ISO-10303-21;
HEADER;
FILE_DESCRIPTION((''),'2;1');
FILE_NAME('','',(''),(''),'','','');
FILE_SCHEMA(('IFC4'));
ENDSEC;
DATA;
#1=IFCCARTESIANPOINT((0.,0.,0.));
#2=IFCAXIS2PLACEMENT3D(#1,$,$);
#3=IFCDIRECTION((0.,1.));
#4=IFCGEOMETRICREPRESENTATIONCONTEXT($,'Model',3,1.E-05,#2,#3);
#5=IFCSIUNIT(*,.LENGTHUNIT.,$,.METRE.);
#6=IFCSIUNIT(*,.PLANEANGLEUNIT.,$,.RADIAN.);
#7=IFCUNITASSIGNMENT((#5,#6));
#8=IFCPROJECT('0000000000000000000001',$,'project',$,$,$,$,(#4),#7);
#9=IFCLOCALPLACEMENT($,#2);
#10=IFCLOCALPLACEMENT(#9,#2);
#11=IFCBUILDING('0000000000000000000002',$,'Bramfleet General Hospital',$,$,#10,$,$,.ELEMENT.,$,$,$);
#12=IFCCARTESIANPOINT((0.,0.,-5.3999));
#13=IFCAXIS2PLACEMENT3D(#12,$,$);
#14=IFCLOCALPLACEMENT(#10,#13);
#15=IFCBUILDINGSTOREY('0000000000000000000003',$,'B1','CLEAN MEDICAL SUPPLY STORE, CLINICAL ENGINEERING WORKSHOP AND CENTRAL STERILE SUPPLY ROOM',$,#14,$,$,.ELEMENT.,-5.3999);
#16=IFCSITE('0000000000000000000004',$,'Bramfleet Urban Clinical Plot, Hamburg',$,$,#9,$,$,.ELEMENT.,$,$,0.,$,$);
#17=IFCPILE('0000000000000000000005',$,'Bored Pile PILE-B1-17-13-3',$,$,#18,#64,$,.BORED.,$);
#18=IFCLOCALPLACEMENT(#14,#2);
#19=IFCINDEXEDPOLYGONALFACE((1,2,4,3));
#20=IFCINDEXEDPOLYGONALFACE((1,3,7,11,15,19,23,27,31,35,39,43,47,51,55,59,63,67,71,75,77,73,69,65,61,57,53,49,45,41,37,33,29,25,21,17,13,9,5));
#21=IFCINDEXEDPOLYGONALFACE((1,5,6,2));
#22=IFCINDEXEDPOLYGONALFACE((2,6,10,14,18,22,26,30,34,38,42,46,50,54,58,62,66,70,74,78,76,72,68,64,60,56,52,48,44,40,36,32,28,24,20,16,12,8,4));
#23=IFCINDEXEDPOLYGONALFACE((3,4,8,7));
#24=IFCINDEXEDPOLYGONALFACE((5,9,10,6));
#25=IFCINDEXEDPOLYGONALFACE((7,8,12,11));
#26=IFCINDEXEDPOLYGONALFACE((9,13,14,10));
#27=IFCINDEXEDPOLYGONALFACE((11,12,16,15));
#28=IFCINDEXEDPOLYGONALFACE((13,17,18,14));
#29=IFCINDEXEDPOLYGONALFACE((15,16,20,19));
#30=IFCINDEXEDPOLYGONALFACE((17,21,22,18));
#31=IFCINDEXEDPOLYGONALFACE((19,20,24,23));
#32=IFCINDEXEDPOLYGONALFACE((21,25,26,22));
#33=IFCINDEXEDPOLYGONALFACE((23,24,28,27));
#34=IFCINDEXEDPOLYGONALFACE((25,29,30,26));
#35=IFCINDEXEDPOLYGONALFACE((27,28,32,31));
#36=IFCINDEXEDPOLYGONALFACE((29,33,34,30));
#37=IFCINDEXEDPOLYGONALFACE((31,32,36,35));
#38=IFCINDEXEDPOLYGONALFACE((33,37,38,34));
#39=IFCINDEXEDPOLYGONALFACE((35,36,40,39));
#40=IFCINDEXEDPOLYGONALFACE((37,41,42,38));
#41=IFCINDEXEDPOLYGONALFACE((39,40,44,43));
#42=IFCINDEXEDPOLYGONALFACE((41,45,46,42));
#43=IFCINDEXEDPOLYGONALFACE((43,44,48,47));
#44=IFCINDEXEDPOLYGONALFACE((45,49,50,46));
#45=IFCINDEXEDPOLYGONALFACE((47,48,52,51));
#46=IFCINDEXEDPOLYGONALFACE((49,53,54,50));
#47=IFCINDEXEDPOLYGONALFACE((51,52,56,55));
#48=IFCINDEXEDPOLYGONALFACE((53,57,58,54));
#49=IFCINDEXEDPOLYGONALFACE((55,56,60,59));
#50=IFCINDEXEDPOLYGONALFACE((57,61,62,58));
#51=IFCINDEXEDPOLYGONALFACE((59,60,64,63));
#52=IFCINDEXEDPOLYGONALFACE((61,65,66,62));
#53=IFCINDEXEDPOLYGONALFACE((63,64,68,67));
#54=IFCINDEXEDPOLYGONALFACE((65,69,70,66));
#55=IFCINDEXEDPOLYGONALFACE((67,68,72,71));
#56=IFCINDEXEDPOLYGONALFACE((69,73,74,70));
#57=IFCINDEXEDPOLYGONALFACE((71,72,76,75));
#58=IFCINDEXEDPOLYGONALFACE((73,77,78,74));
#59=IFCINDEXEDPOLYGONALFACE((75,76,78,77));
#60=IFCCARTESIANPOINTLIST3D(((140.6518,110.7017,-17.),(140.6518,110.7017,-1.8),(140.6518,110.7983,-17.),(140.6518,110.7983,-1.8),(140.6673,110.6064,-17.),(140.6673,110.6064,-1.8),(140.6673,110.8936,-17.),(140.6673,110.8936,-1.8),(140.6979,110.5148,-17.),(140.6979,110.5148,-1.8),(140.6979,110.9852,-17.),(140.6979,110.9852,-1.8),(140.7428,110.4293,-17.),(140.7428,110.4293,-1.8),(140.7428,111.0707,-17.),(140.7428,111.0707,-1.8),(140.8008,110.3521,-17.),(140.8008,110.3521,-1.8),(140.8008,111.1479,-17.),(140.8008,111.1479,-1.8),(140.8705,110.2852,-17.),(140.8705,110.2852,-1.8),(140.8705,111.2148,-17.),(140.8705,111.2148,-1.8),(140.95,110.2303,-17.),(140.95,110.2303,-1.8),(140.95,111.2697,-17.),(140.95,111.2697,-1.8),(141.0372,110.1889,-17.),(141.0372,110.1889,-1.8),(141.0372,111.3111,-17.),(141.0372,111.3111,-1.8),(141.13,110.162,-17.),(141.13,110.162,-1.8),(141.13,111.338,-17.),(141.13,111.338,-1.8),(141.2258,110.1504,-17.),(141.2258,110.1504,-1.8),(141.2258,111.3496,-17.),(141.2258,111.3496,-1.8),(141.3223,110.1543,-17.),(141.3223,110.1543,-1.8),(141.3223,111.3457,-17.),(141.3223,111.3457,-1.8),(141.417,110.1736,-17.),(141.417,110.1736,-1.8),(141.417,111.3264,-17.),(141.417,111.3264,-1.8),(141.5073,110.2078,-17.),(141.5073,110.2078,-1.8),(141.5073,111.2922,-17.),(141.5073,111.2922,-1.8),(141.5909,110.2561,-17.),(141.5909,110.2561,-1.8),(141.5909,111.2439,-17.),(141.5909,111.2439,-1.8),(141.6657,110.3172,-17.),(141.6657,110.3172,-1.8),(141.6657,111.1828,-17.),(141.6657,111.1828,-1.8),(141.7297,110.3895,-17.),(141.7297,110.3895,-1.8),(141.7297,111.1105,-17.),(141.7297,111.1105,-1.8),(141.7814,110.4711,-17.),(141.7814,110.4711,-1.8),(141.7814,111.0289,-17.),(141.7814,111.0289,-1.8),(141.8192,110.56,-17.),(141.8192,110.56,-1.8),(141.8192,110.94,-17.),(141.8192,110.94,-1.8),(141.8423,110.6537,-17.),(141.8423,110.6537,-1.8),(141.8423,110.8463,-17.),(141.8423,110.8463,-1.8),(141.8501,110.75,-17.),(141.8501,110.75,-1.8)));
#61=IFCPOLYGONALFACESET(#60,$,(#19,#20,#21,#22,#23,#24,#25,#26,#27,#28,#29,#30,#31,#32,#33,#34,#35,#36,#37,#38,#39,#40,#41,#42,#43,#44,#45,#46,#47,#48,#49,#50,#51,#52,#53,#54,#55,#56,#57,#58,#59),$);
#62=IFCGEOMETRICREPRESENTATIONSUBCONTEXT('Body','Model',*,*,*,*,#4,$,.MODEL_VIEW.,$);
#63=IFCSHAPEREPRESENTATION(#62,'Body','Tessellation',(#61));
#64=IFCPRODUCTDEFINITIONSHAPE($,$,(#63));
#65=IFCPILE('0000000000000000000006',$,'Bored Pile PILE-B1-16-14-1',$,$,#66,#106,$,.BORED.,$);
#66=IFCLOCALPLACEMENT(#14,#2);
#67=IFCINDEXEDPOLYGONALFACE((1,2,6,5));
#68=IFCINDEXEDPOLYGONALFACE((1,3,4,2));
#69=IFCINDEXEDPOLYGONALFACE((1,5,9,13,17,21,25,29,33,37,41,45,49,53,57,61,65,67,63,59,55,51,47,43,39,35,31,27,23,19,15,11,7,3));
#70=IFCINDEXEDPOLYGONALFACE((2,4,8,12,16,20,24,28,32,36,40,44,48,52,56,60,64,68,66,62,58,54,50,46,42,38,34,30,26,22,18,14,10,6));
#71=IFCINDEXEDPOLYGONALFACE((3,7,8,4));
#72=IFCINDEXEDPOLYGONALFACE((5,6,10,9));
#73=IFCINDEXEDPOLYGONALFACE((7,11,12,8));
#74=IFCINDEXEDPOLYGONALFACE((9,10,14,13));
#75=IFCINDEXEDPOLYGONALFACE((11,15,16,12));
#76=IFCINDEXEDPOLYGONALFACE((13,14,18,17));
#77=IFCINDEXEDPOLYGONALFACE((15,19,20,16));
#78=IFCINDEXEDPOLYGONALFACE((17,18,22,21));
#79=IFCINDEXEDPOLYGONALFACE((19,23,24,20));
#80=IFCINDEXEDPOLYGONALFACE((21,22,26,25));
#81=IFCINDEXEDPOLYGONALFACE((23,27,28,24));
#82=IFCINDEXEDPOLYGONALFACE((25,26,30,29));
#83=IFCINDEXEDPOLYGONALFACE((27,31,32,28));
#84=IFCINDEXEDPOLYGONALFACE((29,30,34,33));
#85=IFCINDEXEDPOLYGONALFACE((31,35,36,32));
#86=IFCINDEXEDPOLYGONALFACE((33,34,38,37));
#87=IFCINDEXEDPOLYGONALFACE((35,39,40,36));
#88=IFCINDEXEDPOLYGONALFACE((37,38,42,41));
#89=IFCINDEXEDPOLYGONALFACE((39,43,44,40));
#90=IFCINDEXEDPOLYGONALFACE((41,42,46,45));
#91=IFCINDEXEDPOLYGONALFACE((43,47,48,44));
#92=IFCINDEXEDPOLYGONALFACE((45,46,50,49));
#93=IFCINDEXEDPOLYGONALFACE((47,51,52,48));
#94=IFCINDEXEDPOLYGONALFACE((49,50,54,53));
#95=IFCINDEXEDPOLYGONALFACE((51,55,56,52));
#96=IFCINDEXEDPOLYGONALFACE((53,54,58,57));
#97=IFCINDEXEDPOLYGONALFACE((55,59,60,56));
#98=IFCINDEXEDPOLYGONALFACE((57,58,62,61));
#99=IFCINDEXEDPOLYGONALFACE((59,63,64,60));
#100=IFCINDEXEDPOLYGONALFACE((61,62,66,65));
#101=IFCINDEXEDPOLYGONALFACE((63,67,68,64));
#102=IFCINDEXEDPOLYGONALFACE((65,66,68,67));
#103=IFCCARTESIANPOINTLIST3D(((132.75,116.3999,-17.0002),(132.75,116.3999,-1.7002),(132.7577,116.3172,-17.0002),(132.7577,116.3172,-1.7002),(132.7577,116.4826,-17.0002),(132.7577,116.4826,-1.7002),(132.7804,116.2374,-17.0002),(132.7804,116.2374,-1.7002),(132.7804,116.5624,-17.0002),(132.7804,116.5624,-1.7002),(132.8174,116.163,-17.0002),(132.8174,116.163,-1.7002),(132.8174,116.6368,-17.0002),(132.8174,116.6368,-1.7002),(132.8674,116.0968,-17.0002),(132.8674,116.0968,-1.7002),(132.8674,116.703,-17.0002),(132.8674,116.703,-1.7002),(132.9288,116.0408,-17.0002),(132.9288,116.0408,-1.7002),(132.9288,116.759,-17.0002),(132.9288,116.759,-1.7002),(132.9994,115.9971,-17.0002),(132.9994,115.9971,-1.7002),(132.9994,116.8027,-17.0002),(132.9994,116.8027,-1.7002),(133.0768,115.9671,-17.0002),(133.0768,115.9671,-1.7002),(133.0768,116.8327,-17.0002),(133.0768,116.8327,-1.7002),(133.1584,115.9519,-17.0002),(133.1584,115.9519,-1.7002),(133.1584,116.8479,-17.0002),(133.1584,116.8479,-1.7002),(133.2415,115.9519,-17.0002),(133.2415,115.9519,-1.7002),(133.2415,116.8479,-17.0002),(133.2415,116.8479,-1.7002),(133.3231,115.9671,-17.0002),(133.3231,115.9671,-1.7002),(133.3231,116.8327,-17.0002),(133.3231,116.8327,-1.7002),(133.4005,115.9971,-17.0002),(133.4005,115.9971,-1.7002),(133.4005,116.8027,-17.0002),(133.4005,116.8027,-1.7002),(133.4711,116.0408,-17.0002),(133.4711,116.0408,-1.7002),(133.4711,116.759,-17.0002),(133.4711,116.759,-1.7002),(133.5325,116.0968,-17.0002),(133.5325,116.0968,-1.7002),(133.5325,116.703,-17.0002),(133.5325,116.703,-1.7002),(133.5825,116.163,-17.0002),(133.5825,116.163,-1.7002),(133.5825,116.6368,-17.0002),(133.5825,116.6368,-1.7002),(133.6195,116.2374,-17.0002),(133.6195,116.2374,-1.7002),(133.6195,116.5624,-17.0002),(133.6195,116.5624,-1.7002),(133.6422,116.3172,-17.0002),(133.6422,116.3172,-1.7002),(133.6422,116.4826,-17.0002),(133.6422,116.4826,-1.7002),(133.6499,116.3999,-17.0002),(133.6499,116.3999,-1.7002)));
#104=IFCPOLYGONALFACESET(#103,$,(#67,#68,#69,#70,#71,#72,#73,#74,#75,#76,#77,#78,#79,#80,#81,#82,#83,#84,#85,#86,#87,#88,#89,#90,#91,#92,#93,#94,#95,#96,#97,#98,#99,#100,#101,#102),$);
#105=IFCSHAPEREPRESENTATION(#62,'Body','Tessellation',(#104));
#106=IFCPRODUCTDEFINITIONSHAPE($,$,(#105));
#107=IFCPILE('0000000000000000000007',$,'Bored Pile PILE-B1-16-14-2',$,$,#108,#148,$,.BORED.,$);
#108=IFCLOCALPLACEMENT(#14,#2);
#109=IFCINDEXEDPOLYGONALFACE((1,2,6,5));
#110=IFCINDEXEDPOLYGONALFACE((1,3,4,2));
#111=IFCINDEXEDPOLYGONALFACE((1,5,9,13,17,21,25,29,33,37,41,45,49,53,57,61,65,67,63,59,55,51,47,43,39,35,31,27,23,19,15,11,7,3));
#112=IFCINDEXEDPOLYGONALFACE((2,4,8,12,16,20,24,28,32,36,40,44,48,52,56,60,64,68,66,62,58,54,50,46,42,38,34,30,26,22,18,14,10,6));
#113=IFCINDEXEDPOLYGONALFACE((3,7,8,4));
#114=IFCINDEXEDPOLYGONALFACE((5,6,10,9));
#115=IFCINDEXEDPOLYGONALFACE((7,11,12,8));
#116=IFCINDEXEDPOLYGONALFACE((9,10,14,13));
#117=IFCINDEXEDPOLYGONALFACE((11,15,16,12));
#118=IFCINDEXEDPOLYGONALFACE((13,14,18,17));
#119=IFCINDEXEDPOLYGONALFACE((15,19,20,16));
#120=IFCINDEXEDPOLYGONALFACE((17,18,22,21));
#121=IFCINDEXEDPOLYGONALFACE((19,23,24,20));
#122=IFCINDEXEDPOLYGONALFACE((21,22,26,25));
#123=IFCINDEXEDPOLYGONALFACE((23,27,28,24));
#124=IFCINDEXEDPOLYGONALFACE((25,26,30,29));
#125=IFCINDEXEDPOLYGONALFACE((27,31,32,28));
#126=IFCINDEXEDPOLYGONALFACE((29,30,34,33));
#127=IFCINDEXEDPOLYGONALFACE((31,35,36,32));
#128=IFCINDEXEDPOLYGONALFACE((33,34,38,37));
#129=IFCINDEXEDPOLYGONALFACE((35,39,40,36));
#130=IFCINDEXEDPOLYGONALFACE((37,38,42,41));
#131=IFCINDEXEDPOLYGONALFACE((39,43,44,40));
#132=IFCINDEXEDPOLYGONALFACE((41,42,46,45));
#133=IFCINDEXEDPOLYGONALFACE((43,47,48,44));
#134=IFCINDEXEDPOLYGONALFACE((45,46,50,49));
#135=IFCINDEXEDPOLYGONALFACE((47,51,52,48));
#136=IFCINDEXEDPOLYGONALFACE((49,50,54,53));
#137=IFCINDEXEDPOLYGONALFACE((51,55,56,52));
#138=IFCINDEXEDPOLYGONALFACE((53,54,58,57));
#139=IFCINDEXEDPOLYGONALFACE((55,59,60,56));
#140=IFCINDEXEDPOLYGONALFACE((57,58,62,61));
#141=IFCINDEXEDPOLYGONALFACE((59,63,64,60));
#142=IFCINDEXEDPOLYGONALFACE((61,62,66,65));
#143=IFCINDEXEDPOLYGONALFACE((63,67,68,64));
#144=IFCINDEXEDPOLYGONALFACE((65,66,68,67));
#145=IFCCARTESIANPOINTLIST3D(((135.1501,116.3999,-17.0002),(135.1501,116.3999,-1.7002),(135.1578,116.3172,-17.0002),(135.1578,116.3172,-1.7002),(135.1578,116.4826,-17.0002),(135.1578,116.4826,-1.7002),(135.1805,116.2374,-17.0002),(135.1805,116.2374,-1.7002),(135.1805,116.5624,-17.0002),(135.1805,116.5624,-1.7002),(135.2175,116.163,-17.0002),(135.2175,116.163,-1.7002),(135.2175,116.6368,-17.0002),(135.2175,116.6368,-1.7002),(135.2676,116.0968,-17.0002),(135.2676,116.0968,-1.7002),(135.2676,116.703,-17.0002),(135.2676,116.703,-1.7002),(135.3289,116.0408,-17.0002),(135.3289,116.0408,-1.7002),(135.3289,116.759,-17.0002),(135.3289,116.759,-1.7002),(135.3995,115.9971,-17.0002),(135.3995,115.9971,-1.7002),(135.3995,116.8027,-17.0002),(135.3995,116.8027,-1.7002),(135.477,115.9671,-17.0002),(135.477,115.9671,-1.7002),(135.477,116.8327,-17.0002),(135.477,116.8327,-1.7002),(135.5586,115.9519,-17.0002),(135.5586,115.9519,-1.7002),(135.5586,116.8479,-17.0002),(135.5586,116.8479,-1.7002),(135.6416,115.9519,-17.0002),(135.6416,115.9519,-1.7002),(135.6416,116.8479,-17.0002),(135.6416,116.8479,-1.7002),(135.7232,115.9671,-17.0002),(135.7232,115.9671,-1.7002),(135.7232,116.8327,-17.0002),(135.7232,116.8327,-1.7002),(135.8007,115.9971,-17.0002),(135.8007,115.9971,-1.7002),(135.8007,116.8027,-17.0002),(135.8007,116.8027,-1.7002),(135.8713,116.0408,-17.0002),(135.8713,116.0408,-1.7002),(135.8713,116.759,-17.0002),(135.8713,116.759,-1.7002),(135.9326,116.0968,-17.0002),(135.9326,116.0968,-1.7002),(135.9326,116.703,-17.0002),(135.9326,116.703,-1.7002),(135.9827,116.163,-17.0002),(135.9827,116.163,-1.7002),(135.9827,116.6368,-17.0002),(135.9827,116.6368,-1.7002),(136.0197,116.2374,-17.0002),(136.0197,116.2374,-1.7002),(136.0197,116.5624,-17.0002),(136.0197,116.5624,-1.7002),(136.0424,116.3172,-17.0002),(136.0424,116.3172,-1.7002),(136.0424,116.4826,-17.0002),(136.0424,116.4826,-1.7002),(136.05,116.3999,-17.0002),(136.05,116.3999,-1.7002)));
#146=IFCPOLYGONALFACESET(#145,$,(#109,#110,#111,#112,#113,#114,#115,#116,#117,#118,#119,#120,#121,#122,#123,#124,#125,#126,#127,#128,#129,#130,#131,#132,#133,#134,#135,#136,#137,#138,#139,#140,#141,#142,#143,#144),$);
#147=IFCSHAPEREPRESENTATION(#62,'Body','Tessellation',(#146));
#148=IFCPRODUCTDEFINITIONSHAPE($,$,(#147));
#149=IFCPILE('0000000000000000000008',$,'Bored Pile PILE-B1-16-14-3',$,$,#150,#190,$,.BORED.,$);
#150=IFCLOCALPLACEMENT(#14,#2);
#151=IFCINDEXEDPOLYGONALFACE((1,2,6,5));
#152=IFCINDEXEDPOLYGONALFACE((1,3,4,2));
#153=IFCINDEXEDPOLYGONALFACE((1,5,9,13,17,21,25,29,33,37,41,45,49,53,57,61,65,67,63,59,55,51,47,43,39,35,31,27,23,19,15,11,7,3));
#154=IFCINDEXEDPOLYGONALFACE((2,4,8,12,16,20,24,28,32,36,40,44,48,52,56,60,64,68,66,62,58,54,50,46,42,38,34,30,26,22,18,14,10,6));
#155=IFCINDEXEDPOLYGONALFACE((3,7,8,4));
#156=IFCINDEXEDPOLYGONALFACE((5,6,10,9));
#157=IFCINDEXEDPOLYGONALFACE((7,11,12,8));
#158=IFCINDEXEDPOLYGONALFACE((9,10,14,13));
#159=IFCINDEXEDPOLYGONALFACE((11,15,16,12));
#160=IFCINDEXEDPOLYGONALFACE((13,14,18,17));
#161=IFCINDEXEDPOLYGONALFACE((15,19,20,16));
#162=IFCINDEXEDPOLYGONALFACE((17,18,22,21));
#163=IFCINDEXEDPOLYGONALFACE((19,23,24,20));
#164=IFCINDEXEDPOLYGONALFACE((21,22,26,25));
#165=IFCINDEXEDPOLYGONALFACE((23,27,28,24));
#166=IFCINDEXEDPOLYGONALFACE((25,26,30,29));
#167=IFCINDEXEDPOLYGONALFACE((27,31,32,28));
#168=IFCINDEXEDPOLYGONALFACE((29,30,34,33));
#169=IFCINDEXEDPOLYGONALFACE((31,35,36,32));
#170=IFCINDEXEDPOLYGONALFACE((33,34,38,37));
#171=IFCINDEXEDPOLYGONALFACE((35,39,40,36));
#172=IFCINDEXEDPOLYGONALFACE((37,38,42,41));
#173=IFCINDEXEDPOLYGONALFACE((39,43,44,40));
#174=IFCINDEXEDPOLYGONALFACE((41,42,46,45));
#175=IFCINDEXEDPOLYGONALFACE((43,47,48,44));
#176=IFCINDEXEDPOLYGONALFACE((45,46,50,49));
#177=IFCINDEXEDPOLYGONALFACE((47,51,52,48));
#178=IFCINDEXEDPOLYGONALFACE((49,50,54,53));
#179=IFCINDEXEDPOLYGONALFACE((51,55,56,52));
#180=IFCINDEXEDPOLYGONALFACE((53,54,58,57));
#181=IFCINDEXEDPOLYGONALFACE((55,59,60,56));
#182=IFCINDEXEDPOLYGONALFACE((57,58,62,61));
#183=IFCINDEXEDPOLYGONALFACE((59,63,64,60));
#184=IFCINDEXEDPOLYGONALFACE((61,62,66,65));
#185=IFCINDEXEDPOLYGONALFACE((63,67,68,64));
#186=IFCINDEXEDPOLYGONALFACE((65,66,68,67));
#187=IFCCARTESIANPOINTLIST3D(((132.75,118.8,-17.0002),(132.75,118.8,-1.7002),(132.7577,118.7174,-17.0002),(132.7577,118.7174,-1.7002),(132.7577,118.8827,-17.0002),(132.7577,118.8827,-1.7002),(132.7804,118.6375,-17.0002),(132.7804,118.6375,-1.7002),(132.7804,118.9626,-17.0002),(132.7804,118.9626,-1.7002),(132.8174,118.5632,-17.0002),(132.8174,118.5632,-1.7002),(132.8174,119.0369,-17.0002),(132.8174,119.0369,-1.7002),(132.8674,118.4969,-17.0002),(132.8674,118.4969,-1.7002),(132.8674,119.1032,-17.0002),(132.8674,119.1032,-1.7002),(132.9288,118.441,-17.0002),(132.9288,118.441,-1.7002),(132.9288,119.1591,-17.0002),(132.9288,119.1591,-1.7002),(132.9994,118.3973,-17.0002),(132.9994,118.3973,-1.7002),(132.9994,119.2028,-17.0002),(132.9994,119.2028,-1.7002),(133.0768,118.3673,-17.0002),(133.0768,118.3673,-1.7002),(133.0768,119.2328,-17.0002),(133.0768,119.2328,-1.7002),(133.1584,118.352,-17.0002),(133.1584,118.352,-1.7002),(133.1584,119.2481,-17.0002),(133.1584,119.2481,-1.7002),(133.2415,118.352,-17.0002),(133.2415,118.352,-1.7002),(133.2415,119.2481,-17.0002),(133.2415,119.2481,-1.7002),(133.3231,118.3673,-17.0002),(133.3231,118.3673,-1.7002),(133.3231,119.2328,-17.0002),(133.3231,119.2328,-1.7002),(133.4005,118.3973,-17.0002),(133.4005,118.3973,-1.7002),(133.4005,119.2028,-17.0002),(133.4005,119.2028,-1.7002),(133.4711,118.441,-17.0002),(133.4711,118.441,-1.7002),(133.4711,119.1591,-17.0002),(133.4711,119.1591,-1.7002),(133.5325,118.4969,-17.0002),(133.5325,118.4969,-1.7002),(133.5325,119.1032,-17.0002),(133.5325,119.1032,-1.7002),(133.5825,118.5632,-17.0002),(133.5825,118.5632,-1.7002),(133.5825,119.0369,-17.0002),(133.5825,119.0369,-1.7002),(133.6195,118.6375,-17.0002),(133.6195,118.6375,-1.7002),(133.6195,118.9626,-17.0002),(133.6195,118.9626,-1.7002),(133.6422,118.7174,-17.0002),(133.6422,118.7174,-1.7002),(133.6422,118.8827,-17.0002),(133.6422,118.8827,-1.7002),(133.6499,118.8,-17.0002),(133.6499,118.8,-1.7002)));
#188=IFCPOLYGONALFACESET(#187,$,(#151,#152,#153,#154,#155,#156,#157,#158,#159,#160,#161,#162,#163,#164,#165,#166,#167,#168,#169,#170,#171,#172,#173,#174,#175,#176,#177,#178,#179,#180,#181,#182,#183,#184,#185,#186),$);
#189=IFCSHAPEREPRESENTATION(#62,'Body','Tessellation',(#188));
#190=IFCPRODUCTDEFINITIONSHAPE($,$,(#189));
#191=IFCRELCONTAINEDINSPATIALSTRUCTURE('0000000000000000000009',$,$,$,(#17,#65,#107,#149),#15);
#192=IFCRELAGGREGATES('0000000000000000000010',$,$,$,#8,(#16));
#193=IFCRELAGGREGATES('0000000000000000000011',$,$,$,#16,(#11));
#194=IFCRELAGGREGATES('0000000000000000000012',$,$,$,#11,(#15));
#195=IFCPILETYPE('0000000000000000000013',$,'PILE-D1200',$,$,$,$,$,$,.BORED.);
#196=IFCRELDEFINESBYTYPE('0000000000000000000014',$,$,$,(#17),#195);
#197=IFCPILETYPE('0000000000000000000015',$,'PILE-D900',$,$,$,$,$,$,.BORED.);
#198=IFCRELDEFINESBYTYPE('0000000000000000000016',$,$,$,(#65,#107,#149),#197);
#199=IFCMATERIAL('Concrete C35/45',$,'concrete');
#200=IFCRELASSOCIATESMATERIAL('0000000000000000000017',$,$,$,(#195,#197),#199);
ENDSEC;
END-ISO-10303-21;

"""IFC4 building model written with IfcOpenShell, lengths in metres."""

from ifc_helpers import new_model, si_unit, direction, frame, origin, origin_2d, place, context, subcontext, project, spatial, circle, extrude, material, material_profile, profile_set, type_object, element, save


model = new_model("IFC4")

# Units and contexts
model_context = context("Model", 3, precision=1e-05, world=origin(), true_north=direction((0.0, 1.0)))
body_context = subcontext(model_context, "Body", "Model", "MODEL_VIEW")
ifc_project = project(units=[si_unit("LENGTHUNIT", "METRE"), si_unit("PLANEANGLEUNIT", "RADIAN")], contexts=[model_context])

# Site, building, storey
site_placement = place(None, origin())
site = spatial("IfcSite", under=ifc_project, at=site_placement, Name="Bramfleet Urban Clinical Plot, Hamburg", CompositionType="ELEMENT", RefElevation=0.0)
building_placement = place(site_placement, origin())
building = spatial("IfcBuilding", under=site, at=building_placement, Name="Bramfleet General Hospital", CompositionType="ELEMENT")
storey_placement = place(building_placement, frame((0.0, 0.0, -5.3999)))
storey = spatial("IfcBuildingStorey", under=building, at=storey_placement, Name="B1", Description="CLEAN MEDICAL SUPPLY STORE, CLINICAL ENGINEERING WORKSHOP AND CENTRAL STERILE SUPPLY ROOM", CompositionType="ELEMENT", Elevation=-5.3999)

# Shared definitions
ifc_material_1 = material(Name="Concrete C35/45", Category="concrete")

# Piles
ifc_material_profile_1 = material_profile(ifc_material_1, circle(Radius=0.6001, at=origin_2d()), Name="PILE BORED D1200")
ifc_profile_set_1 = profile_set([ifc_material_profile_1], Name="Concrete C35/45")
pile_type_1 = type_object("IfcPileType", Name="PILE-D1200", PredefinedType="BORED", material=ifc_profile_set_1)
for number, where, z_axis, x_axis, name in (
    (1, (141.25, 110.75, -1.8), (0.0, 0.0, -1.0), (1.0, 0.0, 0.0), "Bored Pile PILE-B1-17-13-3"),
):
    element("IfcPile", number, at=place(storey_placement, frame(where, z_axis=z_axis, x_axis=x_axis)), inside=storey, type_object=pile_type_1, Name=name, PredefinedType="BORED", context=body_context, shape_type="SweptSolid", body=[
        extrude(circle(Radius=0.6001, at=origin_2d()), origin(), (0.0, 0.0, 1.0), 15.2),
    ])
ifc_material_profile_2 = material_profile(ifc_material_1, circle(Radius=0.45, at=origin_2d()), Name="PILE BORED D900")
ifc_profile_set_2 = profile_set([ifc_material_profile_2], Name="Concrete C35/45")
pile_type_2 = type_object("IfcPileType", Name="PILE-D900", PredefinedType="BORED", material=ifc_profile_set_2)
for number, where, z_axis, x_axis, name in (
    (2, (133.2, 116.3999, -1.7002), (0.0, 0.0, -1.0), (1.0, 0.0, 0.0), "Bored Pile PILE-B1-16-14-1"),
    (3, (135.6001, 116.3999, -1.7002), (0.0, 0.0, -1.0), (1.0, 0.0, 0.0), "Bored Pile PILE-B1-16-14-2"),
    (4, (133.2, 118.8, -1.7002), (0.0, 0.0, -1.0), (1.0, 0.0, 0.0), "Bored Pile PILE-B1-16-14-3"),
):
    element("IfcPile", number, at=place(storey_placement, frame(where, z_axis=z_axis, x_axis=x_axis)), inside=storey, type_object=pile_type_2, Name=name, PredefinedType="BORED", context=body_context, shape_type="SweptSolid", body=[
        extrude(circle(Radius=0.45, at=origin_2d()), origin(), (0.0, 0.0, 1.0), 15.3),
    ])

save(model, "model.ifc")
